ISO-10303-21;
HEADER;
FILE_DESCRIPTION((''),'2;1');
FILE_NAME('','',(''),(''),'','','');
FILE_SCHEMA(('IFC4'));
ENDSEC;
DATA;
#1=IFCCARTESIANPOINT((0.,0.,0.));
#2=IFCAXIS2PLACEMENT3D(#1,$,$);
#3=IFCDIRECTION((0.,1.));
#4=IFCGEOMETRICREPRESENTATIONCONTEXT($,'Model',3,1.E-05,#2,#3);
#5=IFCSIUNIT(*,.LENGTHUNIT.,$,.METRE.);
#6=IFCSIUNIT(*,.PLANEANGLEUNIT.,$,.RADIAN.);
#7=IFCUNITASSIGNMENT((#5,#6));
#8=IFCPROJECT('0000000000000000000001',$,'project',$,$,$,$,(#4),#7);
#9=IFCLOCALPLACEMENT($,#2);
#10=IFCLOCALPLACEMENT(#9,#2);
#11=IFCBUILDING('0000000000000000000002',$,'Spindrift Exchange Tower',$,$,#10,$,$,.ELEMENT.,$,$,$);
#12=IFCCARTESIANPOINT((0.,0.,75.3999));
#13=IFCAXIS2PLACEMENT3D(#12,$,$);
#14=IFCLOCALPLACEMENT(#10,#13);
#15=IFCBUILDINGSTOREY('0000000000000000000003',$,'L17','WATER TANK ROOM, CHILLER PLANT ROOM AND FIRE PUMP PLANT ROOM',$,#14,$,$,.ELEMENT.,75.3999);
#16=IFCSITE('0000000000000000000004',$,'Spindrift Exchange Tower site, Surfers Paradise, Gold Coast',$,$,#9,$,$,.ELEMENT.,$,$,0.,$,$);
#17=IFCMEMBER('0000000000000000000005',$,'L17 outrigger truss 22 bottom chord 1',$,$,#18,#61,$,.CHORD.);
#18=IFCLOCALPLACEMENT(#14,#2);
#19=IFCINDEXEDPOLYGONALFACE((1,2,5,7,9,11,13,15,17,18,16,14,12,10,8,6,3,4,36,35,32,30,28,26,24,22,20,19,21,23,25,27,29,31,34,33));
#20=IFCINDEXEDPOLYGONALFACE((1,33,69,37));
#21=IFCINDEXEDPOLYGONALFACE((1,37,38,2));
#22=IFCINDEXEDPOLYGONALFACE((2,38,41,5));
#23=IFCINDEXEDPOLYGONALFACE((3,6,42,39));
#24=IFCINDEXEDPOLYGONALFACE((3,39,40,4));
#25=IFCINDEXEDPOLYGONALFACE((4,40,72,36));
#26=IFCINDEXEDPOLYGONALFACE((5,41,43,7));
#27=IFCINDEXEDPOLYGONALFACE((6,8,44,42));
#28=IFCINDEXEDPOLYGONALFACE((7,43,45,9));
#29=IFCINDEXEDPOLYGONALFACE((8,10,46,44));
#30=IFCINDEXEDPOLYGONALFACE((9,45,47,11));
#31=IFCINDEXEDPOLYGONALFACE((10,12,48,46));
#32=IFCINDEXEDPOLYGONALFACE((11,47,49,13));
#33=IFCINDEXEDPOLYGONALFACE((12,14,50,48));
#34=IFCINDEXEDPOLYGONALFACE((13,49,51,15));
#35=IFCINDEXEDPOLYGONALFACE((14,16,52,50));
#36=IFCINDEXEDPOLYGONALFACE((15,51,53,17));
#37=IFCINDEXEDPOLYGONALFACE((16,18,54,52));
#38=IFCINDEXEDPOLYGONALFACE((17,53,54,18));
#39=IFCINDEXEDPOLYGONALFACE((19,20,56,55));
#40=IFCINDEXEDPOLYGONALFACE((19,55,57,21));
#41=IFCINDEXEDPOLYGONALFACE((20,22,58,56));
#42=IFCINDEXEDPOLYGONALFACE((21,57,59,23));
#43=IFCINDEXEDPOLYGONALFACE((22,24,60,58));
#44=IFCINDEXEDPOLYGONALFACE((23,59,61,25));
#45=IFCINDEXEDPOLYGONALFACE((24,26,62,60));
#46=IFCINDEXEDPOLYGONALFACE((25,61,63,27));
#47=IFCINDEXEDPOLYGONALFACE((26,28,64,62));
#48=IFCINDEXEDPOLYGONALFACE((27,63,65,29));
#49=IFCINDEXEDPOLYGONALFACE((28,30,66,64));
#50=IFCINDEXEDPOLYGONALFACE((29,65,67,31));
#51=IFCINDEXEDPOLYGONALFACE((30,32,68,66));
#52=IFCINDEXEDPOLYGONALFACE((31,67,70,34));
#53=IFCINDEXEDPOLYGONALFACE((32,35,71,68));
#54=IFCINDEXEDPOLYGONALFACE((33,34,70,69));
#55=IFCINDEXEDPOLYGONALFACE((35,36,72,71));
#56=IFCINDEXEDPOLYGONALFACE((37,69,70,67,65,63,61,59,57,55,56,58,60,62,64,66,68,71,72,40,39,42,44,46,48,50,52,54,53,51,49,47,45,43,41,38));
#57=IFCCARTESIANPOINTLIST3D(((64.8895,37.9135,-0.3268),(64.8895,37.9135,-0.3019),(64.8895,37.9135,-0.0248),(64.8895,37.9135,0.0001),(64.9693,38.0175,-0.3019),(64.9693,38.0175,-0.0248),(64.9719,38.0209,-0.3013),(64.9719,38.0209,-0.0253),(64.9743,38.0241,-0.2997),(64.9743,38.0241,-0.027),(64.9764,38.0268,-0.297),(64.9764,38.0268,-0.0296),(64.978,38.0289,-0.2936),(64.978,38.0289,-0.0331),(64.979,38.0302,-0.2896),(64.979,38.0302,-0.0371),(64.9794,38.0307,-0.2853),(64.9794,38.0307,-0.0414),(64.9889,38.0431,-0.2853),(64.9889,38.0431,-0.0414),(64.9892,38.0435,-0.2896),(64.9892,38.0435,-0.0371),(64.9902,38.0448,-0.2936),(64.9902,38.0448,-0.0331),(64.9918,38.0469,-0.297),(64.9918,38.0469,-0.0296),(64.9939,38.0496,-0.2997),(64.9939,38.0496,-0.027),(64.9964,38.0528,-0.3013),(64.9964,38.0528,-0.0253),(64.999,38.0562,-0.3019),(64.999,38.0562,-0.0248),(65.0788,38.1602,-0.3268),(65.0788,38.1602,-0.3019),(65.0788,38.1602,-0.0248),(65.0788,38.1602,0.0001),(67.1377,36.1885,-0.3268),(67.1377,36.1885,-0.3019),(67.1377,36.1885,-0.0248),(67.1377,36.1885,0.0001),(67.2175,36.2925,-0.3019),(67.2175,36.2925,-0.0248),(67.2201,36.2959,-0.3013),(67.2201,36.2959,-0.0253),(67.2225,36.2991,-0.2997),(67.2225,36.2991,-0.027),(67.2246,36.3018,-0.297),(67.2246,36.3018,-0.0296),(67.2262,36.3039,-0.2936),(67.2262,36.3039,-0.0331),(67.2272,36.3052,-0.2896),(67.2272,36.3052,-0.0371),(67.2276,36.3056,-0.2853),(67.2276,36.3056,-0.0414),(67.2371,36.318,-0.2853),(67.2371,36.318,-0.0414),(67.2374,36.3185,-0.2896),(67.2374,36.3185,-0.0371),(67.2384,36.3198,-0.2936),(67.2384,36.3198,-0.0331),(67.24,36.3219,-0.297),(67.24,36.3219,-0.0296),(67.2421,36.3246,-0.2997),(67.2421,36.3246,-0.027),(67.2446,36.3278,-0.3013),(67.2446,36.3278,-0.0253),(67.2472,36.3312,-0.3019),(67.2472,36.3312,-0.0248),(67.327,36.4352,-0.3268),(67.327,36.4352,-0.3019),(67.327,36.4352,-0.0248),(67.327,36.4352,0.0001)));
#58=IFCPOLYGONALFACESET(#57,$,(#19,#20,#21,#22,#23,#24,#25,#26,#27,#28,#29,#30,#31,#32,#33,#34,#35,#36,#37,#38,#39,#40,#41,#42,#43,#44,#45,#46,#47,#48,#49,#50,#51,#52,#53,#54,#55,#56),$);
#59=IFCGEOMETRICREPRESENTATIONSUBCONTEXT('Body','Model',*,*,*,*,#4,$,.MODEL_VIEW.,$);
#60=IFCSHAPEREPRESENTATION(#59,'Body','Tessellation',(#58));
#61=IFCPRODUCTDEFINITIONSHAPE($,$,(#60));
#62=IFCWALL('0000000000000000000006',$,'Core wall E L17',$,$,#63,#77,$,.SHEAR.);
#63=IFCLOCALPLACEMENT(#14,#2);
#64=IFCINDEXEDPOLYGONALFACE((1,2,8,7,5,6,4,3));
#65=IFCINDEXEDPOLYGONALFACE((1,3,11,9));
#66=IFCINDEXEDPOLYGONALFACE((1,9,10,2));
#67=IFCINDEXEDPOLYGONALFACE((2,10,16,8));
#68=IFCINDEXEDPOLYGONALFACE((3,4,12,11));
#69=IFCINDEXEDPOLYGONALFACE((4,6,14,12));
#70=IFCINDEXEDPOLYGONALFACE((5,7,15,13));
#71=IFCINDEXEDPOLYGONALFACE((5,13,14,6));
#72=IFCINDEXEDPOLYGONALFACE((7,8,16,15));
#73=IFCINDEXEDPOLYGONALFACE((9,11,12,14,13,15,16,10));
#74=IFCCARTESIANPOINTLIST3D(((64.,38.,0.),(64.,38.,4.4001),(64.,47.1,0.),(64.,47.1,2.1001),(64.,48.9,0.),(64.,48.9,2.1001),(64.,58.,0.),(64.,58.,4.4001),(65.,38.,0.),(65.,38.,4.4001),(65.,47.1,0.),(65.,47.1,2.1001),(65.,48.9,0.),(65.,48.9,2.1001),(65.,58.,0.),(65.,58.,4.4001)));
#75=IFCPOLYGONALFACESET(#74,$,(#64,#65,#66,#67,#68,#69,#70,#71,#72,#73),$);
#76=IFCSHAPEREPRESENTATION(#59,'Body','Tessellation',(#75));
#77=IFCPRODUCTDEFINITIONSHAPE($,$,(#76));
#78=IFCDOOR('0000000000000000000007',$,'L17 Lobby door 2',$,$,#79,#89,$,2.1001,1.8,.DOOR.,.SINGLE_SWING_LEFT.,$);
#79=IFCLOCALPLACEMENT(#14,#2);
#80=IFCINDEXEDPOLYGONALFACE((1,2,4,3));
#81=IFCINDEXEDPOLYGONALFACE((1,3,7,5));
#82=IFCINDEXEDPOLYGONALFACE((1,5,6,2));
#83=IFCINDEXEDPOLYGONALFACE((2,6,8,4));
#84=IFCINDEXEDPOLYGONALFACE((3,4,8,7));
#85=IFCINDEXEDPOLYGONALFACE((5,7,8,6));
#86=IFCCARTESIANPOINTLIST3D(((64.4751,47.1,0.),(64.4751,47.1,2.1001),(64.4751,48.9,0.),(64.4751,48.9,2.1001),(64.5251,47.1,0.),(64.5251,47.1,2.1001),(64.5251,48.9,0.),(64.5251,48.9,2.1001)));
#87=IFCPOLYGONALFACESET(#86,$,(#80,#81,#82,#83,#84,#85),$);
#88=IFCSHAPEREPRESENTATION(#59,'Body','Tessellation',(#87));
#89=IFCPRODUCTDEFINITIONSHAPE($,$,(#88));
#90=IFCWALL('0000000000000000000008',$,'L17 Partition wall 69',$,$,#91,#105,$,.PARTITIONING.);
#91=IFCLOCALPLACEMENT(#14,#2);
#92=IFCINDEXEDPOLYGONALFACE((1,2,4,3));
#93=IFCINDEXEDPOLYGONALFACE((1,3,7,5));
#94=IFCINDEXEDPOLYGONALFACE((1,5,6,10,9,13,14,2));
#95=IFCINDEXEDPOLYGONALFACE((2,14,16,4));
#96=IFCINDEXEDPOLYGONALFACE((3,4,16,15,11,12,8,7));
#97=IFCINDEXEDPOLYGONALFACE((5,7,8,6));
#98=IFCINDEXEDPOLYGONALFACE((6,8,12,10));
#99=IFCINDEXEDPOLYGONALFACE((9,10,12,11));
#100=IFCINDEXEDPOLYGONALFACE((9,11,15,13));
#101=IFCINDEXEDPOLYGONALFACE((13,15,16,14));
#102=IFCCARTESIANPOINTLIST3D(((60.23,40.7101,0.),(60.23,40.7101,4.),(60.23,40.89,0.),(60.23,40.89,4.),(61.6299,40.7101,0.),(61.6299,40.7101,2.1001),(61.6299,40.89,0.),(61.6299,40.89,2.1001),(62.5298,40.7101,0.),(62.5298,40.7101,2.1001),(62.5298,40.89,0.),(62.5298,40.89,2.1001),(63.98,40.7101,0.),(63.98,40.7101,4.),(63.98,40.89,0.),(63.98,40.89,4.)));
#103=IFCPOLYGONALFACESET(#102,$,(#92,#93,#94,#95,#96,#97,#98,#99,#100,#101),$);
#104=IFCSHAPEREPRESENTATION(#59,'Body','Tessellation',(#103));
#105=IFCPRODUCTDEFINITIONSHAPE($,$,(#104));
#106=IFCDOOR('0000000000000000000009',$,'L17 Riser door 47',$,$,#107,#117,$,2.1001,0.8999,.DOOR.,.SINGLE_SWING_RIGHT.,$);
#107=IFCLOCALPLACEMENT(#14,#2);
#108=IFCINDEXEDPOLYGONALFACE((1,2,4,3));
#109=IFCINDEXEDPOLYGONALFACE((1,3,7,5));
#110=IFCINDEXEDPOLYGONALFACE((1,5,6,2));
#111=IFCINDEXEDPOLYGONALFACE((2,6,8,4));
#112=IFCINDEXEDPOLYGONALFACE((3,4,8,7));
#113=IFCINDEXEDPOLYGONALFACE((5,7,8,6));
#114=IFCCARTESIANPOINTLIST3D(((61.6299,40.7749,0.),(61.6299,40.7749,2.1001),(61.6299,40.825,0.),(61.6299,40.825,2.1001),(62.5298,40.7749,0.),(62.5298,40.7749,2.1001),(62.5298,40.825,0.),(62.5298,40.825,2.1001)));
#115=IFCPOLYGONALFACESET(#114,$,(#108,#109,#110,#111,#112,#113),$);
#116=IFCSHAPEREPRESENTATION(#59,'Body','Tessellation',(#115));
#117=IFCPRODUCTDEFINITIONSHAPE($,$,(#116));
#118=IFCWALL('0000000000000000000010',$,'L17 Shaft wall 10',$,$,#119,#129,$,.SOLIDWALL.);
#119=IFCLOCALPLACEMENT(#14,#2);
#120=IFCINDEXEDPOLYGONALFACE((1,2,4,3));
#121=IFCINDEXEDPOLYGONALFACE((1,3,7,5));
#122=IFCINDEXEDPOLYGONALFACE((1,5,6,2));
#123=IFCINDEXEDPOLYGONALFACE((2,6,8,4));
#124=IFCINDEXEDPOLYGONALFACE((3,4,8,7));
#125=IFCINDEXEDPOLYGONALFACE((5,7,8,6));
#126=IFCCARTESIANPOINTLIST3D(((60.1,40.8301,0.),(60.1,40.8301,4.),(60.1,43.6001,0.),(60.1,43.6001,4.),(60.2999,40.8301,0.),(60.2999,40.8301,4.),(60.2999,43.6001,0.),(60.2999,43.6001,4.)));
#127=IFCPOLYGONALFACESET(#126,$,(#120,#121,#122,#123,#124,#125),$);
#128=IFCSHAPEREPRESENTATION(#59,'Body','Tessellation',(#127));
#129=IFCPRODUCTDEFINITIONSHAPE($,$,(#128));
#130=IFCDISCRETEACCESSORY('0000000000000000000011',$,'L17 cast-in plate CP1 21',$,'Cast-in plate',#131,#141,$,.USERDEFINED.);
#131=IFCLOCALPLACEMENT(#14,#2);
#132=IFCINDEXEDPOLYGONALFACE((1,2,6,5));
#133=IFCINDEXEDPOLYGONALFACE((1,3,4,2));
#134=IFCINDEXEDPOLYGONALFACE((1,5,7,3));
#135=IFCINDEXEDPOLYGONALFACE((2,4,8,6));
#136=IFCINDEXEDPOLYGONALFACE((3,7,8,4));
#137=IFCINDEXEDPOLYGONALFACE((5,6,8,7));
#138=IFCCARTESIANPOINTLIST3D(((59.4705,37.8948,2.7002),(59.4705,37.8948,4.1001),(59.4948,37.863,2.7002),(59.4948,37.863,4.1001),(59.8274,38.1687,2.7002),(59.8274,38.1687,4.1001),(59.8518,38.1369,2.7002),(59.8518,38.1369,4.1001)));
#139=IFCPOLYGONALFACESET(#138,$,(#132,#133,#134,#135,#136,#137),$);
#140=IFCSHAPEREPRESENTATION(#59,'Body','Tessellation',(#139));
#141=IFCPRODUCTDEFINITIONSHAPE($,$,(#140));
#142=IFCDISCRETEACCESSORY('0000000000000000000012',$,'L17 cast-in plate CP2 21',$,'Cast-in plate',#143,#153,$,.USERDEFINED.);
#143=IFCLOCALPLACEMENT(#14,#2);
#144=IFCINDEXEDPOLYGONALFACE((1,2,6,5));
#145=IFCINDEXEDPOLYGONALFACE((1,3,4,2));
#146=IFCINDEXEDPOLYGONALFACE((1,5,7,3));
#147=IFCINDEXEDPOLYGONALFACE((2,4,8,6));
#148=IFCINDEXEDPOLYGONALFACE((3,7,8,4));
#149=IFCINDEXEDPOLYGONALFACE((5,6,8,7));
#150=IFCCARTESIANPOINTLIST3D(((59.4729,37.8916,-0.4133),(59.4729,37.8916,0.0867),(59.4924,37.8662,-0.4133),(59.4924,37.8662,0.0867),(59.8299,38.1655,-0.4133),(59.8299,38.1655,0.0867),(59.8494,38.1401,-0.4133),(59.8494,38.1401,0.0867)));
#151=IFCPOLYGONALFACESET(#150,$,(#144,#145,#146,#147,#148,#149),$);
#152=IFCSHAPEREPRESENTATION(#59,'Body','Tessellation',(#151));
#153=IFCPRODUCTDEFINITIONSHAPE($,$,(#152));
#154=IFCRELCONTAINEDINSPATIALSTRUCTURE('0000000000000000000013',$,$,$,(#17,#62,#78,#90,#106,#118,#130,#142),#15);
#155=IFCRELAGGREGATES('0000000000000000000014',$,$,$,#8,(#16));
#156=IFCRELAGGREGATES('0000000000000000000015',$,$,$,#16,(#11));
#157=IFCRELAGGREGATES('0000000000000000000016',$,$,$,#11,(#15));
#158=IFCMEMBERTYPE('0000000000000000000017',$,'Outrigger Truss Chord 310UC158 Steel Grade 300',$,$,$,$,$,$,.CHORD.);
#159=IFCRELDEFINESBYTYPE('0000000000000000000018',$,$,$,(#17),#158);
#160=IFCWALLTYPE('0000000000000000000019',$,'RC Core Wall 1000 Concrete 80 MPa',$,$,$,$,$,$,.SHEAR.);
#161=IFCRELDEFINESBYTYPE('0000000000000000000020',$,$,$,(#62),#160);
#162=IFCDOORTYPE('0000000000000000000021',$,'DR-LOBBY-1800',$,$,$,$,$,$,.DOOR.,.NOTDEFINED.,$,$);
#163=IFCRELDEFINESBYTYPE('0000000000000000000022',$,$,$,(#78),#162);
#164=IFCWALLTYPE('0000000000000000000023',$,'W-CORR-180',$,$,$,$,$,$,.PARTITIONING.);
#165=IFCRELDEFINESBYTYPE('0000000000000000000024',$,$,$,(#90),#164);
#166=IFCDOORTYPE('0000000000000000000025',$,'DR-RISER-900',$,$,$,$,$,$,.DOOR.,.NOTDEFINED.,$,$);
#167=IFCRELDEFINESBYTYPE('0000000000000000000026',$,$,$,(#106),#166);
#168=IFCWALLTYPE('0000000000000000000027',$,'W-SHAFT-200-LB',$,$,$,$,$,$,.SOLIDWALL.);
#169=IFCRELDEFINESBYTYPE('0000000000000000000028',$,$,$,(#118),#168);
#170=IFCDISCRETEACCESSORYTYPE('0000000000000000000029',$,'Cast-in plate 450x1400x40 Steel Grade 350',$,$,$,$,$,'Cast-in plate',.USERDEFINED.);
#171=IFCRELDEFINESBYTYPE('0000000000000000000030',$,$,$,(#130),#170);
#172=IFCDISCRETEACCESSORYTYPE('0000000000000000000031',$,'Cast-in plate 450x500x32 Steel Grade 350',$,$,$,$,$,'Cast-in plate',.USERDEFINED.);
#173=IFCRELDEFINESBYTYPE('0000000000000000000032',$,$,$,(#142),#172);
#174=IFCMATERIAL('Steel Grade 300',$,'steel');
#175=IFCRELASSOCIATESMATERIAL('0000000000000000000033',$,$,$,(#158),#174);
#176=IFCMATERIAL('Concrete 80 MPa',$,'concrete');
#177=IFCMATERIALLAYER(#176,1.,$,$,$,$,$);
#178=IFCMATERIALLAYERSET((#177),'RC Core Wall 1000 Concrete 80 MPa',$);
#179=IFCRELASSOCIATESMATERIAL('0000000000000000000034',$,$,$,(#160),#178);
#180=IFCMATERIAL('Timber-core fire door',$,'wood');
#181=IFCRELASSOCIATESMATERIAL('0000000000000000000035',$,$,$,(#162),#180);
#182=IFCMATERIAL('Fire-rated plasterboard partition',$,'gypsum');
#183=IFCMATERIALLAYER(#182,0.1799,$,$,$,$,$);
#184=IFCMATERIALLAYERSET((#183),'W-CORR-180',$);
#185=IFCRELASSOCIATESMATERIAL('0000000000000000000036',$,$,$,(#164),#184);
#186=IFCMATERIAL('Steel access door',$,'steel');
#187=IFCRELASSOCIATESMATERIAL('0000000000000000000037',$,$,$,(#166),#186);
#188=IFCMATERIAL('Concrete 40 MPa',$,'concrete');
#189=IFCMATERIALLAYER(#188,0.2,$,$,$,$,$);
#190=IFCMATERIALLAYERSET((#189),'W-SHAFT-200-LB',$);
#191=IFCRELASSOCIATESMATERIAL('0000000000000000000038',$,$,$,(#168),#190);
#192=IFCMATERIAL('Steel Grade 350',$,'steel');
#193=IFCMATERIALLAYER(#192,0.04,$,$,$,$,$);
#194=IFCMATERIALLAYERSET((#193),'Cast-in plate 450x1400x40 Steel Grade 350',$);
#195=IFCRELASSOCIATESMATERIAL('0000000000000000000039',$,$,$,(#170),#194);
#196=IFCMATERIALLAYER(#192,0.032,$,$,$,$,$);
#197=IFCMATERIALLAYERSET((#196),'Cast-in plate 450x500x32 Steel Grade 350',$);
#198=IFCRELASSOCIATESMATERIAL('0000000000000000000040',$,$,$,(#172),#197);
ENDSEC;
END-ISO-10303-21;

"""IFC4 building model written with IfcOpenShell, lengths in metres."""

from ifc_helpers import new_model, si_unit, direction, frame, frame_2d, origin, origin_2d, place, context, subcontext, project, spatial, rectangle, i_section, extrude, source, transform, mapped, material, layer, layer_set, material_profile, profile_set, type_object, element, fill, save


model = new_model("IFC4")

# Units and contexts
model_context = context("Model", 3, precision=1e-05, world=origin(), true_north=direction((0.0, 1.0)))
body_context = subcontext(model_context, "Body", "Model", "MODEL_VIEW")
ifc_project = project(units=[si_unit("LENGTHUNIT", "METRE"), si_unit("PLANEANGLEUNIT", "RADIAN")], contexts=[model_context])

# Site, building, storey
site_placement = place(None, origin())
site = spatial("IfcSite", under=ifc_project, at=site_placement, Name="Spindrift Exchange Tower site, Surfers Paradise, Gold Coast", CompositionType="ELEMENT", RefElevation=0.0)
building_placement = place(site_placement, origin())
building = spatial("IfcBuilding", under=site, at=building_placement, Name="Spindrift Exchange Tower", CompositionType="ELEMENT")
storey_placement = place(building_placement, frame((0.0, 0.0, 75.3999)))
storey = spatial("IfcBuildingStorey", under=building, at=storey_placement, Name="L17", Description="WATER TANK ROOM, CHILLER PLANT ROOM AND FIRE PUMP PLANT ROOM", CompositionType="ELEMENT", Elevation=75.3999)

# Shared definitions
ifc_material_1 = material(Name="Concrete 80 MPa", Category="concrete")

# Shared definitions
ifc_material_2 = material(Name="Steel Grade 300", Category="steel")

# Shared definitions
ifc_material_profile_1 = material_profile(ifc_material_2, i_section(OverallWidth=0.311, OverallDepth=0.3269, WebThickness=0.0156, FlangeThickness=0.0249, FilletRadius=0.0166, at=origin_2d()), Name="310UC158")
ifc_profile_set_1 = profile_set([ifc_material_profile_1], Name="Steel Grade 300")
member_type_1 = type_object("IfcMemberType", Name="Outrigger Truss Chord 310UC158 Steel Grade 300", PredefinedType="CHORD", material=ifc_profile_set_1)

# Member
shared_shape_1 = source(origin(), body_context, "Body", "SweptSolid", [
    extrude(i_section(OverallWidth=0.311, OverallDepth=0.3269, WebThickness=0.0156, FlangeThickness=0.0249, FilletRadius=0.0166, at=origin_2d()), origin(), (0.0, 0.0, 1.0), 2.8337),
])
member_1_placement = place(storey_placement, frame((64.9841, 38.0369, -0.1633), z_axis=(0.793366, -0.608744, 0.0), x_axis=(0.608744, 0.793366, 0.0)))
element("IfcMember", 1, at=member_1_placement, inside=storey, type_object=member_type_1, Name="L17 outrigger truss 22 bottom chord 1", PredefinedType="CHORD", context=body_context, shape_type="MappedRepresentation", body=[
    mapped(shared_shape_1, transform((0.0, 0.0, 0.0), scale=1.0)),
])

# Walls, openings, doors
ifc_layer_1 = layer(ifc_material_1, 1.0)
ifc_layer_set_1 = layer_set([ifc_layer_1], Name="RC Core Wall 1000 Concrete 80 MPa")
wall_type_1 = type_object("IfcWallType", Name="RC Core Wall 1000 Concrete 80 MPa", PredefinedType="SHEAR", material=ifc_layer_set_1)
wall_1_placement = place(storey_placement, frame((64.5, 38.0, 0.0), z_axis=(0.0, 0.0, 1.0), x_axis=(0.0, 1.0, 0.0)))
wall_1 = element("IfcWall", 2, at=wall_1_placement, inside=storey, type_object=wall_type_1, Name="Core wall E L17", PredefinedType="SHEAR", context=body_context, shape_type="SweptSolid", body=[
    extrude(rectangle(XDim=20.0, YDim=1.0, at=frame_2d((10.0, 0.0))), origin(), (0.0, 0.0, 1.0), 4.4001),
])
opening_1_placement = place(wall_1_placement, frame((9.1001, 0.0, 0.0)))
opening_1 = element("IfcOpeningElement", 3, at=opening_1_placement, cuts=wall_1, PredefinedType="OPENING", context=body_context, shape_type="SweptSolid", body=[
    extrude(rectangle(XDim=1.8, YDim=2.1001, at=frame_2d((0.8999, 1.05))), frame((0.0, 0.51, 0.0), z_axis=(0.0, -1.0, 0.0), x_axis=(1.0, 0.0, 0.0)), (0.0, 0.0, 1.0), 1.02),
])
ifc_material_3 = material(Name="Timber-core fire door", Category="wood")
door_type_1 = type_object("IfcDoorType", Name="DR-LOBBY-1800", OperationType="NOTDEFINED", PredefinedType="DOOR", material=ifc_material_3)
shared_shape_2 = source(origin(), body_context, "Body", "SweptSolid", [
    extrude(rectangle(XDim=1.8, YDim=2.1001, at=frame_2d((0.8999, 1.05))), frame((0.0, 0.0249, 0.0), z_axis=(0.0, -1.0, 0.0), x_axis=(1.0, 0.0, 0.0)), (0.0, 0.0, 1.0), 0.05),
])
door_1_placement = place(opening_1_placement, origin())
door_1 = element("IfcDoor", 4, at=door_1_placement, inside=storey, type_object=door_type_1, Name="L17 Lobby door 2", OperationType="SINGLE_SWING_LEFT", OverallHeight=2.1001, OverallWidth=1.8, PredefinedType="DOOR", context=body_context, shape_type="MappedRepresentation", body=[
    mapped(shared_shape_2, transform((0.0, 0.0, 0.0), scale=1.0)),
])
fill(opening_1, door_1)
ifc_material_4 = material(Name="Fire-rated plasterboard partition", Category="gypsum")
ifc_layer_2 = layer(ifc_material_4, 0.1799)
ifc_layer_set_2 = layer_set([ifc_layer_2], Name="W-CORR-180")
wall_type_2 = type_object("IfcWallType", Name="W-CORR-180", PredefinedType="PARTITIONING", material=ifc_layer_set_2)
wall_2_placement = place(storey_placement, frame((60.23, 40.8, 0.0), z_axis=(0.0, 0.0, 1.0), x_axis=(1.0, 0.0, 0.0)))
wall_2 = element("IfcWall", 5, at=wall_2_placement, inside=storey, type_object=wall_type_2, Name="L17 Partition wall 69", PredefinedType="PARTITIONING", context=body_context, shape_type="SweptSolid", body=[
    extrude(rectangle(XDim=3.75, YDim=0.1799, at=frame_2d((1.875, 0.0))), origin(), (0.0, 0.0, 1.0), 4.0),
])
opening_2_placement = place(wall_2_placement, frame((1.3999, 0.0, 0.0)))
opening_2 = element("IfcOpeningElement", 6, at=opening_2_placement, cuts=wall_2, PredefinedType="OPENING", context=body_context, shape_type="SweptSolid", body=[
    extrude(rectangle(XDim=0.8999, YDim=2.1001, at=frame_2d((0.45, 1.05))), frame((0.0, 0.0999, 0.0), z_axis=(0.0, -1.0, 0.0), x_axis=(1.0, 0.0, 0.0)), (0.0, 0.0, 1.0), 0.2),
])
ifc_material_5 = material(Name="Steel access door", Category="steel")
door_type_2 = type_object("IfcDoorType", Name="DR-RISER-900", OperationType="NOTDEFINED", PredefinedType="DOOR", material=ifc_material_5)
shared_shape_3 = source(origin(), body_context, "Body", "SweptSolid", [
    extrude(rectangle(XDim=0.8999, YDim=2.1001, at=frame_2d((0.45, 1.05))), frame((0.0, 0.0249, 0.0), z_axis=(0.0, -1.0, 0.0), x_axis=(1.0, 0.0, 0.0)), (0.0, 0.0, 1.0), 0.05),
])
door_2_placement = place(opening_2_placement, origin())
door_2 = element("IfcDoor", 7, at=door_2_placement, inside=storey, type_object=door_type_2, Name="L17 Riser door 47", OperationType="SINGLE_SWING_RIGHT", OverallHeight=2.1001, OverallWidth=0.8999, PredefinedType="DOOR", context=body_context, shape_type="MappedRepresentation", body=[
    mapped(shared_shape_3, transform((0.0, 0.0, 0.0), scale=1.0)),
])
fill(opening_2, door_2)

# Wall
ifc_material_6 = material(Name="Concrete 40 MPa", Category="concrete")
ifc_layer_3 = layer(ifc_material_6, 0.2)
ifc_layer_set_3 = layer_set([ifc_layer_3], Name="W-SHAFT-200-LB")
wall_type_3 = type_object("IfcWallType", Name="W-SHAFT-200-LB", PredefinedType="SOLIDWALL", material=ifc_layer_set_3)
wall_3_placement = place(storey_placement, frame((60.2, 40.8301, 0.0), z_axis=(0.0, 0.0, 1.0), x_axis=(0.0, 1.0, 0.0)))
element("IfcWall", 8, at=wall_3_placement, inside=storey, type_object=wall_type_3, Name="L17 Shaft wall 10", PredefinedType="SOLIDWALL", context=body_context, shape_type="SweptSolid", body=[
    extrude(rectangle(XDim=2.77, YDim=0.2, at=frame_2d((1.385, 0.0))), origin(), (0.0, 0.0, 1.0), 4.0),
])

# Discrete accessories
ifc_material_7 = material(Name="Steel Grade 350", Category="steel")
ifc_layer_4 = layer(ifc_material_7, 0.04)
ifc_layer_set_4 = layer_set([ifc_layer_4], Name="Cast-in plate 450x1400x40 Steel Grade 350")
discrete_accessory_type_1 = type_object("IfcDiscreteAccessoryType", Name="Cast-in plate 450x1400x40 Steel Grade 350", ElementType="Cast-in plate", PredefinedType="USERDEFINED", material=ifc_layer_set_4)
shared_shape_4 = source(origin(), body_context, "Body", "SweptSolid", [
    extrude(rectangle(XDim=0.04, YDim=0.45, at=origin_2d()), origin(), (0.0, 0.0, 1.0), 1.3999),
])
discrete_accessory_1_placement = place(storey_placement, frame((59.6611, 38.0159, 2.7002), z_axis=(0.0, 0.0, 1.0), x_axis=(0.608761, -0.793353, 0.0)))
element("IfcDiscreteAccessory", 9, at=discrete_accessory_1_placement, inside=storey, type_object=discrete_accessory_type_1, Name="L17 cast-in plate CP1 21", ObjectType="Cast-in plate", PredefinedType="USERDEFINED", context=body_context, shape_type="MappedRepresentation", body=[
    mapped(shared_shape_4, transform((0.0, 0.0, 0.0), scale=1.0)),
])
ifc_layer_5 = layer(ifc_material_7, 0.032)
ifc_layer_set_5 = layer_set([ifc_layer_5], Name="Cast-in plate 450x500x32 Steel Grade 350")
discrete_accessory_type_2 = type_object("IfcDiscreteAccessoryType", Name="Cast-in plate 450x500x32 Steel Grade 350", ElementType="Cast-in plate", PredefinedType="USERDEFINED", material=ifc_layer_set_5)
shared_shape_5 = source(origin(), body_context, "Body", "SweptSolid", [
    extrude(rectangle(XDim=0.032, YDim=0.45, at=origin_2d()), origin(), (0.0, 0.0, 1.0), 0.5),
])
discrete_accessory_2_placement = place(storey_placement, frame((59.6611, 38.0159, -0.4133), z_axis=(0.0, 0.0, 1.0), x_axis=(0.608761, -0.793353, 0.0)))
element("IfcDiscreteAccessory", 10, at=discrete_accessory_2_placement, inside=storey, type_object=discrete_accessory_type_2, Name="L17 cast-in plate CP2 21", ObjectType="Cast-in plate", PredefinedType="USERDEFINED", context=body_context, shape_type="MappedRepresentation", body=[
    mapped(shared_shape_5, transform((0.0, 0.0, 0.0), scale=1.0)),
])

save(model, "model.ifc")
